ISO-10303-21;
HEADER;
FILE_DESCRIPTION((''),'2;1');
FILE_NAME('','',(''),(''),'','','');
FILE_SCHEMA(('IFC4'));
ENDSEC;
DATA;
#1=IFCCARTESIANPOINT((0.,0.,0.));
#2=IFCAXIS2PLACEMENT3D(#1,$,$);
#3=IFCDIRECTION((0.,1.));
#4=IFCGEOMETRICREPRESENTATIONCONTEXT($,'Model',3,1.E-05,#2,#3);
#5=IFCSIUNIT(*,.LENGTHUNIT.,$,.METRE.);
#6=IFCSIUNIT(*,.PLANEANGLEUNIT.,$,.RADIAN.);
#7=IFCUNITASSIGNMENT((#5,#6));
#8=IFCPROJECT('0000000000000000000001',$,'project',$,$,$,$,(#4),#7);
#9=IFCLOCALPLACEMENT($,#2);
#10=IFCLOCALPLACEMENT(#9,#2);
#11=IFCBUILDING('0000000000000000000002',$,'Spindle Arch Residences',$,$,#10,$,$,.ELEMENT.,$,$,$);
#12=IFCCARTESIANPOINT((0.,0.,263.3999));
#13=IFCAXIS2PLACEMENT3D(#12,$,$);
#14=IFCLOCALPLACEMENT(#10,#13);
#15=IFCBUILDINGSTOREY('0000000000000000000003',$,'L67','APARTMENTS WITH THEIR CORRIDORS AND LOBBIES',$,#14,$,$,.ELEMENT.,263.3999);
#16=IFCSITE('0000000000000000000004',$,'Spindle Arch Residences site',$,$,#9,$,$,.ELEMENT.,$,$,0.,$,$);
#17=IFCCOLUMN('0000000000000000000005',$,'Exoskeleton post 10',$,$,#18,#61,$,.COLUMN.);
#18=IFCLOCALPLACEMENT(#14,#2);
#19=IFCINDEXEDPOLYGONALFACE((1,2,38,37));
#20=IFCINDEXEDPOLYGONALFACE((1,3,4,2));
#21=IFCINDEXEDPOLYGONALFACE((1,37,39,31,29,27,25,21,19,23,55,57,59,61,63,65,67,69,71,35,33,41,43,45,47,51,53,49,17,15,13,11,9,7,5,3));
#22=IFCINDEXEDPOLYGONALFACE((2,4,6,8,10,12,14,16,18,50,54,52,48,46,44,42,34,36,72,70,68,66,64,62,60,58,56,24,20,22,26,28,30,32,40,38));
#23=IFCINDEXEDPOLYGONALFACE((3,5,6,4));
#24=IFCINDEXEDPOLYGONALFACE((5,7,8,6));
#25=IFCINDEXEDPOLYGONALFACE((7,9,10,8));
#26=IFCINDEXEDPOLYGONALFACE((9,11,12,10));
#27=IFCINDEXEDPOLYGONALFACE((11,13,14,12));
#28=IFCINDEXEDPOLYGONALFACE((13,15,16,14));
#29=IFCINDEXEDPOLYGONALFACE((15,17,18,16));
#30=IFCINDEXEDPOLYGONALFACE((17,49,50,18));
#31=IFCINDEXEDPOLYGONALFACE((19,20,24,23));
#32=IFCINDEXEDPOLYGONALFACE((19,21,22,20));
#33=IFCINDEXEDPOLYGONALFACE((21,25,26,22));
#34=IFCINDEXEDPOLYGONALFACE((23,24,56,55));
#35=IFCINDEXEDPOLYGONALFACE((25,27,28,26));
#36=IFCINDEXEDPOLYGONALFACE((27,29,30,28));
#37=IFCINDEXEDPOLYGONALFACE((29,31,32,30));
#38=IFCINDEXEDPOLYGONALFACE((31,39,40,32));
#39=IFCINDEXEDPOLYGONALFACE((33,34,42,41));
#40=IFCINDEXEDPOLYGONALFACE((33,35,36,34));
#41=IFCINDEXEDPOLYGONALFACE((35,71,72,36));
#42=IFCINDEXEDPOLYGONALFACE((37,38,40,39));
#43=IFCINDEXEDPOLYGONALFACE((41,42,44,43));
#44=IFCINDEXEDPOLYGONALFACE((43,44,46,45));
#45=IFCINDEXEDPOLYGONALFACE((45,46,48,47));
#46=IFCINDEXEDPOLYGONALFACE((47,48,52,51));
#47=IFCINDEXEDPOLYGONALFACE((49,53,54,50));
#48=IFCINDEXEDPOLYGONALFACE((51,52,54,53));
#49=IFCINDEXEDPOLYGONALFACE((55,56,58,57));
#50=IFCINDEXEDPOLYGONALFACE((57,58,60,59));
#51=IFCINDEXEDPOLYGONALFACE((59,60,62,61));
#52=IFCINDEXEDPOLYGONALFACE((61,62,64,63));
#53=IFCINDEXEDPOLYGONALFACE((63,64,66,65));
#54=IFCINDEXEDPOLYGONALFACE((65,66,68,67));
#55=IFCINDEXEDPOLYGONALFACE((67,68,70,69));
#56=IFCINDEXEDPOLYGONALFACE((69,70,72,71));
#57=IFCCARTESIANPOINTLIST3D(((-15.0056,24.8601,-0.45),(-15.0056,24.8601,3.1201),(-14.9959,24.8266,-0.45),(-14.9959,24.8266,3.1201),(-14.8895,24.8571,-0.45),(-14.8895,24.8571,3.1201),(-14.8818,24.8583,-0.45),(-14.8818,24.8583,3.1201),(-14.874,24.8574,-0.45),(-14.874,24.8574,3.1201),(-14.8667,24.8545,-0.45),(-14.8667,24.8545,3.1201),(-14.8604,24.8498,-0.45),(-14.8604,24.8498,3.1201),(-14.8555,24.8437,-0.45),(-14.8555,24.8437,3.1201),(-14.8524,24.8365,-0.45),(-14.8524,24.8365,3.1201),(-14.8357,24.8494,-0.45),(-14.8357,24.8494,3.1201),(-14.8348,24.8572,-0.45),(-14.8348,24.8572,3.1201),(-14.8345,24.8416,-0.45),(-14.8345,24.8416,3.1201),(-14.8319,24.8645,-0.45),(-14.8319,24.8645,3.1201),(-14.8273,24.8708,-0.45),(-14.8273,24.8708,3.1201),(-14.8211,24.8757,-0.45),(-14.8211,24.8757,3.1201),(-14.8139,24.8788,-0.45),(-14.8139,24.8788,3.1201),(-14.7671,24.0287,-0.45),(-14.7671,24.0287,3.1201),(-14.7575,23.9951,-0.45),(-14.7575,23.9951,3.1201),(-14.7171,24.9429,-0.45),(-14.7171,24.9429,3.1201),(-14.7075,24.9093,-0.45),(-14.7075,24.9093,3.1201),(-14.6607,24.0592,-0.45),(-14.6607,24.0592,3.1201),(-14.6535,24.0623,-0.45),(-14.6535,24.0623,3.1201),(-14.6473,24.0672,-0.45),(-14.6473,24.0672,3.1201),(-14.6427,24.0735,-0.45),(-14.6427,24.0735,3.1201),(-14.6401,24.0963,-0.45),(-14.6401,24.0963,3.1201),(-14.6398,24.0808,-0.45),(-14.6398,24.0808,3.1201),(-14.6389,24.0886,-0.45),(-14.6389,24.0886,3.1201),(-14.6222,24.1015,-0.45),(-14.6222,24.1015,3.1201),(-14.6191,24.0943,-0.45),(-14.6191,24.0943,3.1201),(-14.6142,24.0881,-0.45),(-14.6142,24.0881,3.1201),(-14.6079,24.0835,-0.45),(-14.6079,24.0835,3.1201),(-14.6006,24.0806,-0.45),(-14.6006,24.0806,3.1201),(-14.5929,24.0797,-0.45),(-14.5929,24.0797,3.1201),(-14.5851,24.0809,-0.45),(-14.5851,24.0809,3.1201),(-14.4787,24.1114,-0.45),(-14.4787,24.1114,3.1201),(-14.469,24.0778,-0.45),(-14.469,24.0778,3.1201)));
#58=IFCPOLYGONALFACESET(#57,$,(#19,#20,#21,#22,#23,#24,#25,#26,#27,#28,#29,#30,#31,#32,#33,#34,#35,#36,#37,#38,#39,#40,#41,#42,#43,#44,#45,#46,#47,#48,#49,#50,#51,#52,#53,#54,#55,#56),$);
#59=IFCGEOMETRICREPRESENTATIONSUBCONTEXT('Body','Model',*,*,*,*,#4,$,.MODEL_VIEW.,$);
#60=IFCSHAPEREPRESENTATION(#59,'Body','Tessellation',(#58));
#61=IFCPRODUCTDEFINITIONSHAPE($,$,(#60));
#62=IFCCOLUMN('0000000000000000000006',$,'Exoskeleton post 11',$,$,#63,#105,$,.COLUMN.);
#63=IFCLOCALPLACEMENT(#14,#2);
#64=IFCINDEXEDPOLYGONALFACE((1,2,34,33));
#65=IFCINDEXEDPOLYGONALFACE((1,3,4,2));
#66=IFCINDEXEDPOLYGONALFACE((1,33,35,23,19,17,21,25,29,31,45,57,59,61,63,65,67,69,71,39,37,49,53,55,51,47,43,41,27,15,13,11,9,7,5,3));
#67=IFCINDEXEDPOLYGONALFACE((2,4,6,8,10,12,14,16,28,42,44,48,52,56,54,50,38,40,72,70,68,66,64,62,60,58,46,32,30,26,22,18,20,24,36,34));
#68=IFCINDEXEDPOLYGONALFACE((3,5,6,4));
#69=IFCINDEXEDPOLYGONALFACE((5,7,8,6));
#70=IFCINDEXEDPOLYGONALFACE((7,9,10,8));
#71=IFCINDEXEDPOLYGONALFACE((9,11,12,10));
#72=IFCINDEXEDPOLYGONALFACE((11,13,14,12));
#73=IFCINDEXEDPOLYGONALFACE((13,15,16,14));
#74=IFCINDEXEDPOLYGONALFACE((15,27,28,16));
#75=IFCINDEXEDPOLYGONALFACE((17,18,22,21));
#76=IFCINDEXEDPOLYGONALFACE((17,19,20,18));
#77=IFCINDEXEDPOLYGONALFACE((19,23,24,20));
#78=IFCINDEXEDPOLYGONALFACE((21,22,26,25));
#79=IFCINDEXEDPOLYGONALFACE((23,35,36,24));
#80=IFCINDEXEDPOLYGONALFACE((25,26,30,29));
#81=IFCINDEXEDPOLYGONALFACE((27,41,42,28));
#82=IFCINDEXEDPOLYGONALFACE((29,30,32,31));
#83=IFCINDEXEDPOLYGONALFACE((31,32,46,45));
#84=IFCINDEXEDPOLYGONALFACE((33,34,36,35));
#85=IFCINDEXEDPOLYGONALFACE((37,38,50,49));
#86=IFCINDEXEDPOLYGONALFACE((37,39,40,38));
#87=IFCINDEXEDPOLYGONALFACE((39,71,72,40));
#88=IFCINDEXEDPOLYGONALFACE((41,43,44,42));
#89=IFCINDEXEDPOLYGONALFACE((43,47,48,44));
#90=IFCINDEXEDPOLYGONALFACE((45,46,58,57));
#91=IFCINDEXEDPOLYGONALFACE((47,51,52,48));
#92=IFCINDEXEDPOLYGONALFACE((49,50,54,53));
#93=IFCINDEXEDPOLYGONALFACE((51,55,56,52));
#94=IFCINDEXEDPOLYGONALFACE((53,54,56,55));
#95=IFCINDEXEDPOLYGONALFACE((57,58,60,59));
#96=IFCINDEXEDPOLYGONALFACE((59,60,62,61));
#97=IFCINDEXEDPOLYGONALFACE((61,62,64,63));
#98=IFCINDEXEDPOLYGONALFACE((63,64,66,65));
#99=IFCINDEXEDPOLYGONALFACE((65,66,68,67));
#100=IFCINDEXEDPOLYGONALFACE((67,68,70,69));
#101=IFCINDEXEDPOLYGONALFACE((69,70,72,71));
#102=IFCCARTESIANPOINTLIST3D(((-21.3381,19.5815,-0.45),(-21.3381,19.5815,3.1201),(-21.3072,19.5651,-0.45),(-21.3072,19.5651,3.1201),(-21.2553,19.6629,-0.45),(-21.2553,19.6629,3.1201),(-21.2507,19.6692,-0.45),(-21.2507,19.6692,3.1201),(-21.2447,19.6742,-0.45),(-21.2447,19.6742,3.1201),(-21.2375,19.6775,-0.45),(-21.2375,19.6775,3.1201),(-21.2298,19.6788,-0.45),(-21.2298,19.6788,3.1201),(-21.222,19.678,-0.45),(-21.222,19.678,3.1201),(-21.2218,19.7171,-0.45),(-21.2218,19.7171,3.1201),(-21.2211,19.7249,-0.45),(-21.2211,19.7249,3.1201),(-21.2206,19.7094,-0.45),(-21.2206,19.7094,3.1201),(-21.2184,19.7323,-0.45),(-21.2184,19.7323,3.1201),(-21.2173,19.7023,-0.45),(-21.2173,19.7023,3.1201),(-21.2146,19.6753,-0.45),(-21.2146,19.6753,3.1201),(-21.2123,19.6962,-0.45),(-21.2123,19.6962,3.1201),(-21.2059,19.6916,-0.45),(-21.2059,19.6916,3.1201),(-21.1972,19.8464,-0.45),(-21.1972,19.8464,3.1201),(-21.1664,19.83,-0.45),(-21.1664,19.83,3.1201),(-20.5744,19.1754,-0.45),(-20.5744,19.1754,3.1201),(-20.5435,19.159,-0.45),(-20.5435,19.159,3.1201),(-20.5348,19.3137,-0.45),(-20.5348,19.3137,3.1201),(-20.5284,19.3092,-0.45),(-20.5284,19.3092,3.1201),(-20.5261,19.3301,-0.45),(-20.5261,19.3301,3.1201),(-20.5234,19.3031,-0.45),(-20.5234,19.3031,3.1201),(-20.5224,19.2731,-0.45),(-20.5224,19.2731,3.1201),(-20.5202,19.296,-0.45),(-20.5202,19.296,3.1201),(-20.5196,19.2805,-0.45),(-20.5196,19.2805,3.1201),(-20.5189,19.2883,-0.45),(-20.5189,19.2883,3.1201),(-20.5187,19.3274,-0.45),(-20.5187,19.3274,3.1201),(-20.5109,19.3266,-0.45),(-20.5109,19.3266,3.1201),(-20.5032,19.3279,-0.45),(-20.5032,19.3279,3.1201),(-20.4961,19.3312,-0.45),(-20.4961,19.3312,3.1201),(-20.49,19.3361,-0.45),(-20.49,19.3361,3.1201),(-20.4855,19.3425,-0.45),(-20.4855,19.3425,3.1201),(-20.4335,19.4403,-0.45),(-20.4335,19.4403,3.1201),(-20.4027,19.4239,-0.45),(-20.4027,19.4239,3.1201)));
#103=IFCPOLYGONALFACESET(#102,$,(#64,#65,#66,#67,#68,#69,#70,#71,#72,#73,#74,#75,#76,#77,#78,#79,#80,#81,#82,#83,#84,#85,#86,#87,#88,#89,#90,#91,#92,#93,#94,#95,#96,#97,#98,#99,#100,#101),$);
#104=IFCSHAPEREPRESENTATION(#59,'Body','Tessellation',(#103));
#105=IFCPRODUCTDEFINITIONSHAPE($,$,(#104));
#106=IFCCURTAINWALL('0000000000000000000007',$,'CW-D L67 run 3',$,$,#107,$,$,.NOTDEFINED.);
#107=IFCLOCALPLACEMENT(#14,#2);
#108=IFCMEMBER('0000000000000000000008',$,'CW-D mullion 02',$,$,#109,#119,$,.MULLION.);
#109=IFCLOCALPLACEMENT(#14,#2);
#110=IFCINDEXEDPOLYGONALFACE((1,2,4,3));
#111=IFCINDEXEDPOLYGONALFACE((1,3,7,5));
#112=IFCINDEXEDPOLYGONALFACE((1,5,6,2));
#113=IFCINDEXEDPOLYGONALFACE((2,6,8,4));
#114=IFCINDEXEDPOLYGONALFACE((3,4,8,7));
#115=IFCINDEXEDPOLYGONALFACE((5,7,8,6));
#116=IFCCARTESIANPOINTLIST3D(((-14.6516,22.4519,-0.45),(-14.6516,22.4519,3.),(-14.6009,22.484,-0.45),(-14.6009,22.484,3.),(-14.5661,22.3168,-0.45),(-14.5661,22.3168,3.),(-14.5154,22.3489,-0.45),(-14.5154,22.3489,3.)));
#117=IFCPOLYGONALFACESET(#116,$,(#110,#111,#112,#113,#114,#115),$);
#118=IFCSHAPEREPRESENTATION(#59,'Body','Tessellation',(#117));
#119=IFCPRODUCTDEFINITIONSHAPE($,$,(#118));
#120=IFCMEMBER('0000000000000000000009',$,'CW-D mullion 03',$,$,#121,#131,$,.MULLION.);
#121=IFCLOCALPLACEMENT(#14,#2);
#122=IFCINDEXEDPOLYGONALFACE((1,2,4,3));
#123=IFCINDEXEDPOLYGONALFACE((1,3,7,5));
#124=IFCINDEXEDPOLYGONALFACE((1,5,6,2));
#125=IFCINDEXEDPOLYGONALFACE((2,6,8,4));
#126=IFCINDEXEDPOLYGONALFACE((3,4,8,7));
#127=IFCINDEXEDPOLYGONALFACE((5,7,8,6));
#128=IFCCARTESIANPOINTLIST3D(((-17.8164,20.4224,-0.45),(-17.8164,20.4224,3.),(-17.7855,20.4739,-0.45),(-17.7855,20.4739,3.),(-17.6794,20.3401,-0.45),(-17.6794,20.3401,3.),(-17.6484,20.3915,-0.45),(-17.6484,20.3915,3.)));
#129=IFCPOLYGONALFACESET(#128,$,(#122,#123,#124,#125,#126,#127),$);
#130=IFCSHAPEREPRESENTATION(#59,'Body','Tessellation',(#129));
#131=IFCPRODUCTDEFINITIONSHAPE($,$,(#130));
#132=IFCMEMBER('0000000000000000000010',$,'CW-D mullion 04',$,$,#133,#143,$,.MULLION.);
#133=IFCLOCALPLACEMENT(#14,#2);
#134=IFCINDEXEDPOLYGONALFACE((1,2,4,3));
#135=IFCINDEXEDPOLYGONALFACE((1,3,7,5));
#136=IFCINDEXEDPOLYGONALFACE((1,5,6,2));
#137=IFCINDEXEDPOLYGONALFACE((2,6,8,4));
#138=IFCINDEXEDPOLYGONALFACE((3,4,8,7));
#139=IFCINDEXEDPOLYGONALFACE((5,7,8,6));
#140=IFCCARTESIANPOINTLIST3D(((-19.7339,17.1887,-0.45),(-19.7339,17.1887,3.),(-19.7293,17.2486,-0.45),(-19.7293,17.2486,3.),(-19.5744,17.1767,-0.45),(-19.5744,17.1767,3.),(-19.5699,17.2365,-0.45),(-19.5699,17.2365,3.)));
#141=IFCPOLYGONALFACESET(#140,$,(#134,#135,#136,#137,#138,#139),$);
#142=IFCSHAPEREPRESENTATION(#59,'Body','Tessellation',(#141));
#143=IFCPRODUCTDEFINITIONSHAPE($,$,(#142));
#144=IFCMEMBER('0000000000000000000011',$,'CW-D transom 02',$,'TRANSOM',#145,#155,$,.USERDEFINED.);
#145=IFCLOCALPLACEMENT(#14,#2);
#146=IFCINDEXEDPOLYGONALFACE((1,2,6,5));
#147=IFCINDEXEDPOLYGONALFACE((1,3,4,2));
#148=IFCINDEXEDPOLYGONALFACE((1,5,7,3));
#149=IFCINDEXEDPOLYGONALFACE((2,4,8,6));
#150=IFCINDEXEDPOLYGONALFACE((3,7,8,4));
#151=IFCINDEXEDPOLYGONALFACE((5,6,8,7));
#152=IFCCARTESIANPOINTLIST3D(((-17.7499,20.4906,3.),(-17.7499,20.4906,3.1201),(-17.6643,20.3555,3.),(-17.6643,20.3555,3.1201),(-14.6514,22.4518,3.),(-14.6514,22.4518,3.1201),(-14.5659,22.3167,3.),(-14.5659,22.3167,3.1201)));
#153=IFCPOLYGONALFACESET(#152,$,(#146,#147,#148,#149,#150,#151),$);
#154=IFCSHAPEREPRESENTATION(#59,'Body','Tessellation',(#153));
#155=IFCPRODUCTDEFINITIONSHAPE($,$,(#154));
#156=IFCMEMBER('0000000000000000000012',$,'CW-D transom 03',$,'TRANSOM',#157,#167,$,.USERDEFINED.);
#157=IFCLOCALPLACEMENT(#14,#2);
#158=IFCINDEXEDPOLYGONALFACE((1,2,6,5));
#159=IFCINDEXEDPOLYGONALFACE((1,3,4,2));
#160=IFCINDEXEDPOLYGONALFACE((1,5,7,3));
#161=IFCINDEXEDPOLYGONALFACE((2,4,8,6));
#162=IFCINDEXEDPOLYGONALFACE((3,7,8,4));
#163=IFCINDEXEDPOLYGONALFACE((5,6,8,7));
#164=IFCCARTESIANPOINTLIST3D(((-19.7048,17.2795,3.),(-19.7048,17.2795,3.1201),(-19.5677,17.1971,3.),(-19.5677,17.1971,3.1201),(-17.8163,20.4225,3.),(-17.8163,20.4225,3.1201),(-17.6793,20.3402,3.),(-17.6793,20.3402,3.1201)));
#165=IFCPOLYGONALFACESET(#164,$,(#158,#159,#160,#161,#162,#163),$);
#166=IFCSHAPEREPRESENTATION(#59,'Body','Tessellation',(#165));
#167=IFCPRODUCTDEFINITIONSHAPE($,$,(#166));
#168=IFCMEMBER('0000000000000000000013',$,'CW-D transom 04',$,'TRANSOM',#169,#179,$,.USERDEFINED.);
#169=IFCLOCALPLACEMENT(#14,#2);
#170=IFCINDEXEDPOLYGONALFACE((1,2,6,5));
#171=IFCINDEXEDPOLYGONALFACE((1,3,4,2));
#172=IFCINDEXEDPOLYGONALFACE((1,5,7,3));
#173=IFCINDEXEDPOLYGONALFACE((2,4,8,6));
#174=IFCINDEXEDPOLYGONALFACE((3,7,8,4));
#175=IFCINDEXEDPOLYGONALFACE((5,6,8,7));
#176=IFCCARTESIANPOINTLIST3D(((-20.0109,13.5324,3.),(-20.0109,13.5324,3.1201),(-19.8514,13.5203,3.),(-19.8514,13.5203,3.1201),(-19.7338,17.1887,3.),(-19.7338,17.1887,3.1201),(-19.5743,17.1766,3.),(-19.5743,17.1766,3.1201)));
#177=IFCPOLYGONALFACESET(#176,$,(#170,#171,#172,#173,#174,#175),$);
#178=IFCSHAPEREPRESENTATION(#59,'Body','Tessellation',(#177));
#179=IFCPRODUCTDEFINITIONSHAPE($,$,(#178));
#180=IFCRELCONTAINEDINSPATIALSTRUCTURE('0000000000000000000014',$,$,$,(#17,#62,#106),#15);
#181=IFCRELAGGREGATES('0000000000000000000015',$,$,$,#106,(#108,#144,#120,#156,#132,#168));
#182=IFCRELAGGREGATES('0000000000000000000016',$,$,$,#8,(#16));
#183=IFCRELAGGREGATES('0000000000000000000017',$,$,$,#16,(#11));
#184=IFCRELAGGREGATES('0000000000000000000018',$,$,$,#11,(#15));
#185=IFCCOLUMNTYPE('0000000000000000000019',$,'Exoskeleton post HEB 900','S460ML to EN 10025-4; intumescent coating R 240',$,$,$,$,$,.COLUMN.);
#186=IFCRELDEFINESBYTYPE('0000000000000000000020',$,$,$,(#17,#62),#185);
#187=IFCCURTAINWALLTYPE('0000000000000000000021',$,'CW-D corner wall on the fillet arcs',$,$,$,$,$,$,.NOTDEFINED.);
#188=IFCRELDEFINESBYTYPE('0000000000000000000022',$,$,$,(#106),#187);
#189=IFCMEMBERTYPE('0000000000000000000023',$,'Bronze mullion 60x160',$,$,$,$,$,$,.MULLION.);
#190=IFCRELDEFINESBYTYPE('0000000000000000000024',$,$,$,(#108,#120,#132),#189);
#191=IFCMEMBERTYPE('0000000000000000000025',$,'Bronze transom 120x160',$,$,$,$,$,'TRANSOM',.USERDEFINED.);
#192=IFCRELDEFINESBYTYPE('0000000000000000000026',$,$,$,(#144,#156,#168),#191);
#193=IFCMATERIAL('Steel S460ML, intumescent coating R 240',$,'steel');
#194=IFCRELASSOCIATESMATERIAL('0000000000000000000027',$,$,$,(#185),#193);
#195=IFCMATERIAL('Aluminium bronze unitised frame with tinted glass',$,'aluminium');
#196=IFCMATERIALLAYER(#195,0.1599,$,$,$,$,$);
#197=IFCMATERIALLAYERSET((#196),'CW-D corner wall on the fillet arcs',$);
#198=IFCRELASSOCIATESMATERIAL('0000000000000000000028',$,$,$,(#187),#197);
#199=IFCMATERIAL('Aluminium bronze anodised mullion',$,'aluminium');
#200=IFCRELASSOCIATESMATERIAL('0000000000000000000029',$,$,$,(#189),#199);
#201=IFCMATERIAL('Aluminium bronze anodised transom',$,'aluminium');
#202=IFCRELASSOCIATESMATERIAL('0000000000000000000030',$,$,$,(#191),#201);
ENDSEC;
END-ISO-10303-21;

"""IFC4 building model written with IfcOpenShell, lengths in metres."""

from ifc_helpers import new_model, si_unit, direction, frame, origin, origin_2d, place, context, subcontext, project, spatial, rectangle, i_section, extrude, material, layer, layer_set, material_profile, profile_set, type_object, element, aggregate, save


model = new_model("IFC4")

# Units and contexts
model_context = context("Model", 3, precision=1e-05, world=origin(), true_north=direction((0.0, 1.0)))
body_context = subcontext(model_context, "Body", "Model", "MODEL_VIEW")
ifc_project = project(units=[si_unit("LENGTHUNIT", "METRE"), si_unit("PLANEANGLEUNIT", "RADIAN")], contexts=[model_context])

# Site, building, storey
site_placement = place(None, origin())
site = spatial("IfcSite", under=ifc_project, at=site_placement, Name="Spindle Arch Residences site", CompositionType="ELEMENT", RefElevation=0.0)
building_placement = place(site_placement, origin())
building = spatial("IfcBuilding", under=site, at=building_placement, Name="Spindle Arch Residences", CompositionType="ELEMENT")
storey_placement = place(building_placement, frame((0.0, 0.0, 263.3999)))
storey = spatial("IfcBuildingStorey", under=building, at=storey_placement, Name="L67", Description="APARTMENTS WITH THEIR CORRIDORS AND LOBBIES", CompositionType="ELEMENT", Elevation=263.3999)

# Columns
ifc_material_1 = material(Name="Steel S460ML, intumescent coating R 240", Category="steel")
ifc_material_profile_1 = material_profile(ifc_material_1, i_section(OverallWidth=0.3, OverallDepth=0.8999, WebThickness=0.0186, FlangeThickness=0.0349, FilletRadius=0.03, at=origin_2d()), Name="HEB 900")
ifc_profile_set_1 = profile_set([ifc_material_profile_1], Name="Steel S460ML, intumescent coating R 240")
column_type = type_object("IfcColumnType", Name="Exoskeleton post HEB 900", Description="S460ML to EN 10025-4; intumescent coating R 240", PredefinedType="COLUMN", material=ifc_profile_set_1)
for number, where, z_axis, x_axis, name in (
    (1, (-14.7373, 24.469, -0.45), (0.0, 0.0, 1.0), (0.961245, 0.275695, 0.0), "Exoskeleton post 10"),
    (2, (-20.8704, 19.5027, -0.45), (0.0, 0.0, 1.0), (0.469525, 0.882919, 0.0), "Exoskeleton post 11"),
):
    element("IfcColumn", number, at=place(storey_placement, frame(where, z_axis=z_axis, x_axis=x_axis)), inside=storey, type_object=column_type, Name=name, PredefinedType="COLUMN", context=body_context, shape_type="SweptSolid", body=[
        extrude(i_section(OverallWidth=0.3, OverallDepth=0.8999, WebThickness=0.0186, FlangeThickness=0.0349, FilletRadius=0.03, at=origin_2d()), origin(), (0.0, 0.0, 1.0), 3.5701),
    ])

# Curtain wall, members
ifc_material_2 = material(Name="Aluminium bronze unitised frame with tinted glass", Category="aluminium")
ifc_layer_1 = layer(ifc_material_2, 0.1599)
ifc_layer_set_1 = layer_set([ifc_layer_1], Name="CW-D corner wall on the fillet arcs")
curtain_wall_type = type_object("IfcCurtainWallType", Name="CW-D corner wall on the fillet arcs", PredefinedType="NOTDEFINED", material=ifc_layer_set_1)
curtain_wall_placement = place(storey_placement, origin())
curtain_wall = element("IfcCurtainWall", 3, at=curtain_wall_placement, inside=storey, type_object=curtain_wall_type, Name="CW-D L67 run 3", PredefinedType="NOTDEFINED")
ifc_material_3 = material(Name="Aluminium bronze anodised mullion", Category="aluminium")
ifc_material_profile_2 = material_profile(ifc_material_3, rectangle(XDim=0.1599, YDim=0.0601, at=origin_2d()), Name="MU 60x160")
ifc_profile_set_2 = profile_set([ifc_material_profile_2], Name="Aluminium bronze anodised mullion")
member_type_1 = type_object("IfcMemberType", Name="Bronze mullion 60x160", PredefinedType="MULLION", material=ifc_profile_set_2)
member_1_placement = place(storey_placement, frame((-14.5835, 22.4004, -0.45), z_axis=(0.0, 0.0, 1.0), x_axis=(0.534844, -0.844951, 0.0)))
member_1 = element("IfcMember", 4, at=member_1_placement, type_object=member_type_1, Name="CW-D mullion 02", PredefinedType="MULLION", context=body_context, shape_type="SweptSolid", body=[
    extrude(rectangle(XDim=0.1599, YDim=0.0601, at=origin_2d()), origin(), (0.0, 0.0, 1.0), 3.45),
])
member_2_placement = place(storey_placement, frame((-17.7324, 20.407, -0.45), z_axis=(0.0, 0.0, 1.0), x_axis=(0.857167, -0.515038, 0.0)))
member_2 = element("IfcMember", 5, at=member_2_placement, type_object=member_type_1, Name="CW-D mullion 03", PredefinedType="MULLION", context=body_context, shape_type="SweptSolid", body=[
    extrude(rectangle(XDim=0.1599, YDim=0.0601, at=origin_2d()), origin(), (0.0, 0.0, 1.0), 3.45),
])
member_3_placement = place(storey_placement, frame((-19.6519, 17.2126, -0.45), z_axis=(0.0, 0.0, 1.0), x_axis=(0.997141, -0.075559, 0.0)))
member_3 = element("IfcMember", 6, at=member_3_placement, type_object=member_type_1, Name="CW-D mullion 04", PredefinedType="MULLION", context=body_context, shape_type="SweptSolid", body=[
    extrude(rectangle(XDim=0.1599, YDim=0.0601, at=origin_2d()), origin(), (0.0, 0.0, 1.0), 3.45),
])
ifc_material_4 = material(Name="Aluminium bronze anodised transom", Category="aluminium")
ifc_material_profile_3 = material_profile(ifc_material_4, rectangle(XDim=0.1599, YDim=0.1201, at=origin_2d()), Name="TR 120x160")
ifc_profile_set_3 = profile_set([ifc_material_profile_3], Name="Aluminium bronze anodised transom")
member_type_2 = type_object("IfcMemberType", Name="Bronze transom 120x160", ElementType="TRANSOM", PredefinedType="USERDEFINED", material=ifc_profile_set_3)
member_4_placement = place(storey_placement, frame((-14.6086, 22.3843, 3.0601), z_axis=(-0.844958, -0.534832, 0.0), x_axis=(0.534832, -0.844958, 0.0)))
member_4 = element("IfcMember", 7, at=member_4_placement, type_object=member_type_2, Name="CW-D transom 02", ObjectType="TRANSOM", PredefinedType="USERDEFINED", context=body_context, shape_type="SweptSolid", body=[
    extrude(rectangle(XDim=0.1599, YDim=0.1201, at=origin_2d()), origin(), (0.0, 0.0, 1.0), 3.667),
])
member_5_placement = place(storey_placement, frame((-17.7478, 20.3813, 3.0601), z_axis=(-0.515015, -0.857181, 0.0), x_axis=(0.857181, -0.515015, 0.0)))
member_5 = element("IfcMember", 8, at=member_5_placement, type_object=member_type_2, Name="CW-D transom 03", ObjectType="TRANSOM", PredefinedType="USERDEFINED", context=body_context, shape_type="SweptSolid", body=[
    extrude(rectangle(XDim=0.1599, YDim=0.1201, at=origin_2d()), origin(), (0.0, 0.0, 1.0), 3.6667),
])
member_6_placement = place(storey_placement, frame((-19.6541, 17.1826, 3.0601), z_axis=(-0.075571, -0.99714, 0.0), x_axis=(0.99714, -0.075571, 0.0)))
member_6 = element("IfcMember", 9, at=member_6_placement, type_object=member_type_2, Name="CW-D transom 04", ObjectType="TRANSOM", PredefinedType="USERDEFINED", context=body_context, shape_type="SweptSolid", body=[
    extrude(rectangle(XDim=0.1599, YDim=0.1201, at=origin_2d()), origin(), (0.0, 0.0, 1.0), 3.6667),
])

aggregate(curtain_wall, [member_1, member_4, member_2, member_5, member_3, member_6])

save(model, "model.ifc")
